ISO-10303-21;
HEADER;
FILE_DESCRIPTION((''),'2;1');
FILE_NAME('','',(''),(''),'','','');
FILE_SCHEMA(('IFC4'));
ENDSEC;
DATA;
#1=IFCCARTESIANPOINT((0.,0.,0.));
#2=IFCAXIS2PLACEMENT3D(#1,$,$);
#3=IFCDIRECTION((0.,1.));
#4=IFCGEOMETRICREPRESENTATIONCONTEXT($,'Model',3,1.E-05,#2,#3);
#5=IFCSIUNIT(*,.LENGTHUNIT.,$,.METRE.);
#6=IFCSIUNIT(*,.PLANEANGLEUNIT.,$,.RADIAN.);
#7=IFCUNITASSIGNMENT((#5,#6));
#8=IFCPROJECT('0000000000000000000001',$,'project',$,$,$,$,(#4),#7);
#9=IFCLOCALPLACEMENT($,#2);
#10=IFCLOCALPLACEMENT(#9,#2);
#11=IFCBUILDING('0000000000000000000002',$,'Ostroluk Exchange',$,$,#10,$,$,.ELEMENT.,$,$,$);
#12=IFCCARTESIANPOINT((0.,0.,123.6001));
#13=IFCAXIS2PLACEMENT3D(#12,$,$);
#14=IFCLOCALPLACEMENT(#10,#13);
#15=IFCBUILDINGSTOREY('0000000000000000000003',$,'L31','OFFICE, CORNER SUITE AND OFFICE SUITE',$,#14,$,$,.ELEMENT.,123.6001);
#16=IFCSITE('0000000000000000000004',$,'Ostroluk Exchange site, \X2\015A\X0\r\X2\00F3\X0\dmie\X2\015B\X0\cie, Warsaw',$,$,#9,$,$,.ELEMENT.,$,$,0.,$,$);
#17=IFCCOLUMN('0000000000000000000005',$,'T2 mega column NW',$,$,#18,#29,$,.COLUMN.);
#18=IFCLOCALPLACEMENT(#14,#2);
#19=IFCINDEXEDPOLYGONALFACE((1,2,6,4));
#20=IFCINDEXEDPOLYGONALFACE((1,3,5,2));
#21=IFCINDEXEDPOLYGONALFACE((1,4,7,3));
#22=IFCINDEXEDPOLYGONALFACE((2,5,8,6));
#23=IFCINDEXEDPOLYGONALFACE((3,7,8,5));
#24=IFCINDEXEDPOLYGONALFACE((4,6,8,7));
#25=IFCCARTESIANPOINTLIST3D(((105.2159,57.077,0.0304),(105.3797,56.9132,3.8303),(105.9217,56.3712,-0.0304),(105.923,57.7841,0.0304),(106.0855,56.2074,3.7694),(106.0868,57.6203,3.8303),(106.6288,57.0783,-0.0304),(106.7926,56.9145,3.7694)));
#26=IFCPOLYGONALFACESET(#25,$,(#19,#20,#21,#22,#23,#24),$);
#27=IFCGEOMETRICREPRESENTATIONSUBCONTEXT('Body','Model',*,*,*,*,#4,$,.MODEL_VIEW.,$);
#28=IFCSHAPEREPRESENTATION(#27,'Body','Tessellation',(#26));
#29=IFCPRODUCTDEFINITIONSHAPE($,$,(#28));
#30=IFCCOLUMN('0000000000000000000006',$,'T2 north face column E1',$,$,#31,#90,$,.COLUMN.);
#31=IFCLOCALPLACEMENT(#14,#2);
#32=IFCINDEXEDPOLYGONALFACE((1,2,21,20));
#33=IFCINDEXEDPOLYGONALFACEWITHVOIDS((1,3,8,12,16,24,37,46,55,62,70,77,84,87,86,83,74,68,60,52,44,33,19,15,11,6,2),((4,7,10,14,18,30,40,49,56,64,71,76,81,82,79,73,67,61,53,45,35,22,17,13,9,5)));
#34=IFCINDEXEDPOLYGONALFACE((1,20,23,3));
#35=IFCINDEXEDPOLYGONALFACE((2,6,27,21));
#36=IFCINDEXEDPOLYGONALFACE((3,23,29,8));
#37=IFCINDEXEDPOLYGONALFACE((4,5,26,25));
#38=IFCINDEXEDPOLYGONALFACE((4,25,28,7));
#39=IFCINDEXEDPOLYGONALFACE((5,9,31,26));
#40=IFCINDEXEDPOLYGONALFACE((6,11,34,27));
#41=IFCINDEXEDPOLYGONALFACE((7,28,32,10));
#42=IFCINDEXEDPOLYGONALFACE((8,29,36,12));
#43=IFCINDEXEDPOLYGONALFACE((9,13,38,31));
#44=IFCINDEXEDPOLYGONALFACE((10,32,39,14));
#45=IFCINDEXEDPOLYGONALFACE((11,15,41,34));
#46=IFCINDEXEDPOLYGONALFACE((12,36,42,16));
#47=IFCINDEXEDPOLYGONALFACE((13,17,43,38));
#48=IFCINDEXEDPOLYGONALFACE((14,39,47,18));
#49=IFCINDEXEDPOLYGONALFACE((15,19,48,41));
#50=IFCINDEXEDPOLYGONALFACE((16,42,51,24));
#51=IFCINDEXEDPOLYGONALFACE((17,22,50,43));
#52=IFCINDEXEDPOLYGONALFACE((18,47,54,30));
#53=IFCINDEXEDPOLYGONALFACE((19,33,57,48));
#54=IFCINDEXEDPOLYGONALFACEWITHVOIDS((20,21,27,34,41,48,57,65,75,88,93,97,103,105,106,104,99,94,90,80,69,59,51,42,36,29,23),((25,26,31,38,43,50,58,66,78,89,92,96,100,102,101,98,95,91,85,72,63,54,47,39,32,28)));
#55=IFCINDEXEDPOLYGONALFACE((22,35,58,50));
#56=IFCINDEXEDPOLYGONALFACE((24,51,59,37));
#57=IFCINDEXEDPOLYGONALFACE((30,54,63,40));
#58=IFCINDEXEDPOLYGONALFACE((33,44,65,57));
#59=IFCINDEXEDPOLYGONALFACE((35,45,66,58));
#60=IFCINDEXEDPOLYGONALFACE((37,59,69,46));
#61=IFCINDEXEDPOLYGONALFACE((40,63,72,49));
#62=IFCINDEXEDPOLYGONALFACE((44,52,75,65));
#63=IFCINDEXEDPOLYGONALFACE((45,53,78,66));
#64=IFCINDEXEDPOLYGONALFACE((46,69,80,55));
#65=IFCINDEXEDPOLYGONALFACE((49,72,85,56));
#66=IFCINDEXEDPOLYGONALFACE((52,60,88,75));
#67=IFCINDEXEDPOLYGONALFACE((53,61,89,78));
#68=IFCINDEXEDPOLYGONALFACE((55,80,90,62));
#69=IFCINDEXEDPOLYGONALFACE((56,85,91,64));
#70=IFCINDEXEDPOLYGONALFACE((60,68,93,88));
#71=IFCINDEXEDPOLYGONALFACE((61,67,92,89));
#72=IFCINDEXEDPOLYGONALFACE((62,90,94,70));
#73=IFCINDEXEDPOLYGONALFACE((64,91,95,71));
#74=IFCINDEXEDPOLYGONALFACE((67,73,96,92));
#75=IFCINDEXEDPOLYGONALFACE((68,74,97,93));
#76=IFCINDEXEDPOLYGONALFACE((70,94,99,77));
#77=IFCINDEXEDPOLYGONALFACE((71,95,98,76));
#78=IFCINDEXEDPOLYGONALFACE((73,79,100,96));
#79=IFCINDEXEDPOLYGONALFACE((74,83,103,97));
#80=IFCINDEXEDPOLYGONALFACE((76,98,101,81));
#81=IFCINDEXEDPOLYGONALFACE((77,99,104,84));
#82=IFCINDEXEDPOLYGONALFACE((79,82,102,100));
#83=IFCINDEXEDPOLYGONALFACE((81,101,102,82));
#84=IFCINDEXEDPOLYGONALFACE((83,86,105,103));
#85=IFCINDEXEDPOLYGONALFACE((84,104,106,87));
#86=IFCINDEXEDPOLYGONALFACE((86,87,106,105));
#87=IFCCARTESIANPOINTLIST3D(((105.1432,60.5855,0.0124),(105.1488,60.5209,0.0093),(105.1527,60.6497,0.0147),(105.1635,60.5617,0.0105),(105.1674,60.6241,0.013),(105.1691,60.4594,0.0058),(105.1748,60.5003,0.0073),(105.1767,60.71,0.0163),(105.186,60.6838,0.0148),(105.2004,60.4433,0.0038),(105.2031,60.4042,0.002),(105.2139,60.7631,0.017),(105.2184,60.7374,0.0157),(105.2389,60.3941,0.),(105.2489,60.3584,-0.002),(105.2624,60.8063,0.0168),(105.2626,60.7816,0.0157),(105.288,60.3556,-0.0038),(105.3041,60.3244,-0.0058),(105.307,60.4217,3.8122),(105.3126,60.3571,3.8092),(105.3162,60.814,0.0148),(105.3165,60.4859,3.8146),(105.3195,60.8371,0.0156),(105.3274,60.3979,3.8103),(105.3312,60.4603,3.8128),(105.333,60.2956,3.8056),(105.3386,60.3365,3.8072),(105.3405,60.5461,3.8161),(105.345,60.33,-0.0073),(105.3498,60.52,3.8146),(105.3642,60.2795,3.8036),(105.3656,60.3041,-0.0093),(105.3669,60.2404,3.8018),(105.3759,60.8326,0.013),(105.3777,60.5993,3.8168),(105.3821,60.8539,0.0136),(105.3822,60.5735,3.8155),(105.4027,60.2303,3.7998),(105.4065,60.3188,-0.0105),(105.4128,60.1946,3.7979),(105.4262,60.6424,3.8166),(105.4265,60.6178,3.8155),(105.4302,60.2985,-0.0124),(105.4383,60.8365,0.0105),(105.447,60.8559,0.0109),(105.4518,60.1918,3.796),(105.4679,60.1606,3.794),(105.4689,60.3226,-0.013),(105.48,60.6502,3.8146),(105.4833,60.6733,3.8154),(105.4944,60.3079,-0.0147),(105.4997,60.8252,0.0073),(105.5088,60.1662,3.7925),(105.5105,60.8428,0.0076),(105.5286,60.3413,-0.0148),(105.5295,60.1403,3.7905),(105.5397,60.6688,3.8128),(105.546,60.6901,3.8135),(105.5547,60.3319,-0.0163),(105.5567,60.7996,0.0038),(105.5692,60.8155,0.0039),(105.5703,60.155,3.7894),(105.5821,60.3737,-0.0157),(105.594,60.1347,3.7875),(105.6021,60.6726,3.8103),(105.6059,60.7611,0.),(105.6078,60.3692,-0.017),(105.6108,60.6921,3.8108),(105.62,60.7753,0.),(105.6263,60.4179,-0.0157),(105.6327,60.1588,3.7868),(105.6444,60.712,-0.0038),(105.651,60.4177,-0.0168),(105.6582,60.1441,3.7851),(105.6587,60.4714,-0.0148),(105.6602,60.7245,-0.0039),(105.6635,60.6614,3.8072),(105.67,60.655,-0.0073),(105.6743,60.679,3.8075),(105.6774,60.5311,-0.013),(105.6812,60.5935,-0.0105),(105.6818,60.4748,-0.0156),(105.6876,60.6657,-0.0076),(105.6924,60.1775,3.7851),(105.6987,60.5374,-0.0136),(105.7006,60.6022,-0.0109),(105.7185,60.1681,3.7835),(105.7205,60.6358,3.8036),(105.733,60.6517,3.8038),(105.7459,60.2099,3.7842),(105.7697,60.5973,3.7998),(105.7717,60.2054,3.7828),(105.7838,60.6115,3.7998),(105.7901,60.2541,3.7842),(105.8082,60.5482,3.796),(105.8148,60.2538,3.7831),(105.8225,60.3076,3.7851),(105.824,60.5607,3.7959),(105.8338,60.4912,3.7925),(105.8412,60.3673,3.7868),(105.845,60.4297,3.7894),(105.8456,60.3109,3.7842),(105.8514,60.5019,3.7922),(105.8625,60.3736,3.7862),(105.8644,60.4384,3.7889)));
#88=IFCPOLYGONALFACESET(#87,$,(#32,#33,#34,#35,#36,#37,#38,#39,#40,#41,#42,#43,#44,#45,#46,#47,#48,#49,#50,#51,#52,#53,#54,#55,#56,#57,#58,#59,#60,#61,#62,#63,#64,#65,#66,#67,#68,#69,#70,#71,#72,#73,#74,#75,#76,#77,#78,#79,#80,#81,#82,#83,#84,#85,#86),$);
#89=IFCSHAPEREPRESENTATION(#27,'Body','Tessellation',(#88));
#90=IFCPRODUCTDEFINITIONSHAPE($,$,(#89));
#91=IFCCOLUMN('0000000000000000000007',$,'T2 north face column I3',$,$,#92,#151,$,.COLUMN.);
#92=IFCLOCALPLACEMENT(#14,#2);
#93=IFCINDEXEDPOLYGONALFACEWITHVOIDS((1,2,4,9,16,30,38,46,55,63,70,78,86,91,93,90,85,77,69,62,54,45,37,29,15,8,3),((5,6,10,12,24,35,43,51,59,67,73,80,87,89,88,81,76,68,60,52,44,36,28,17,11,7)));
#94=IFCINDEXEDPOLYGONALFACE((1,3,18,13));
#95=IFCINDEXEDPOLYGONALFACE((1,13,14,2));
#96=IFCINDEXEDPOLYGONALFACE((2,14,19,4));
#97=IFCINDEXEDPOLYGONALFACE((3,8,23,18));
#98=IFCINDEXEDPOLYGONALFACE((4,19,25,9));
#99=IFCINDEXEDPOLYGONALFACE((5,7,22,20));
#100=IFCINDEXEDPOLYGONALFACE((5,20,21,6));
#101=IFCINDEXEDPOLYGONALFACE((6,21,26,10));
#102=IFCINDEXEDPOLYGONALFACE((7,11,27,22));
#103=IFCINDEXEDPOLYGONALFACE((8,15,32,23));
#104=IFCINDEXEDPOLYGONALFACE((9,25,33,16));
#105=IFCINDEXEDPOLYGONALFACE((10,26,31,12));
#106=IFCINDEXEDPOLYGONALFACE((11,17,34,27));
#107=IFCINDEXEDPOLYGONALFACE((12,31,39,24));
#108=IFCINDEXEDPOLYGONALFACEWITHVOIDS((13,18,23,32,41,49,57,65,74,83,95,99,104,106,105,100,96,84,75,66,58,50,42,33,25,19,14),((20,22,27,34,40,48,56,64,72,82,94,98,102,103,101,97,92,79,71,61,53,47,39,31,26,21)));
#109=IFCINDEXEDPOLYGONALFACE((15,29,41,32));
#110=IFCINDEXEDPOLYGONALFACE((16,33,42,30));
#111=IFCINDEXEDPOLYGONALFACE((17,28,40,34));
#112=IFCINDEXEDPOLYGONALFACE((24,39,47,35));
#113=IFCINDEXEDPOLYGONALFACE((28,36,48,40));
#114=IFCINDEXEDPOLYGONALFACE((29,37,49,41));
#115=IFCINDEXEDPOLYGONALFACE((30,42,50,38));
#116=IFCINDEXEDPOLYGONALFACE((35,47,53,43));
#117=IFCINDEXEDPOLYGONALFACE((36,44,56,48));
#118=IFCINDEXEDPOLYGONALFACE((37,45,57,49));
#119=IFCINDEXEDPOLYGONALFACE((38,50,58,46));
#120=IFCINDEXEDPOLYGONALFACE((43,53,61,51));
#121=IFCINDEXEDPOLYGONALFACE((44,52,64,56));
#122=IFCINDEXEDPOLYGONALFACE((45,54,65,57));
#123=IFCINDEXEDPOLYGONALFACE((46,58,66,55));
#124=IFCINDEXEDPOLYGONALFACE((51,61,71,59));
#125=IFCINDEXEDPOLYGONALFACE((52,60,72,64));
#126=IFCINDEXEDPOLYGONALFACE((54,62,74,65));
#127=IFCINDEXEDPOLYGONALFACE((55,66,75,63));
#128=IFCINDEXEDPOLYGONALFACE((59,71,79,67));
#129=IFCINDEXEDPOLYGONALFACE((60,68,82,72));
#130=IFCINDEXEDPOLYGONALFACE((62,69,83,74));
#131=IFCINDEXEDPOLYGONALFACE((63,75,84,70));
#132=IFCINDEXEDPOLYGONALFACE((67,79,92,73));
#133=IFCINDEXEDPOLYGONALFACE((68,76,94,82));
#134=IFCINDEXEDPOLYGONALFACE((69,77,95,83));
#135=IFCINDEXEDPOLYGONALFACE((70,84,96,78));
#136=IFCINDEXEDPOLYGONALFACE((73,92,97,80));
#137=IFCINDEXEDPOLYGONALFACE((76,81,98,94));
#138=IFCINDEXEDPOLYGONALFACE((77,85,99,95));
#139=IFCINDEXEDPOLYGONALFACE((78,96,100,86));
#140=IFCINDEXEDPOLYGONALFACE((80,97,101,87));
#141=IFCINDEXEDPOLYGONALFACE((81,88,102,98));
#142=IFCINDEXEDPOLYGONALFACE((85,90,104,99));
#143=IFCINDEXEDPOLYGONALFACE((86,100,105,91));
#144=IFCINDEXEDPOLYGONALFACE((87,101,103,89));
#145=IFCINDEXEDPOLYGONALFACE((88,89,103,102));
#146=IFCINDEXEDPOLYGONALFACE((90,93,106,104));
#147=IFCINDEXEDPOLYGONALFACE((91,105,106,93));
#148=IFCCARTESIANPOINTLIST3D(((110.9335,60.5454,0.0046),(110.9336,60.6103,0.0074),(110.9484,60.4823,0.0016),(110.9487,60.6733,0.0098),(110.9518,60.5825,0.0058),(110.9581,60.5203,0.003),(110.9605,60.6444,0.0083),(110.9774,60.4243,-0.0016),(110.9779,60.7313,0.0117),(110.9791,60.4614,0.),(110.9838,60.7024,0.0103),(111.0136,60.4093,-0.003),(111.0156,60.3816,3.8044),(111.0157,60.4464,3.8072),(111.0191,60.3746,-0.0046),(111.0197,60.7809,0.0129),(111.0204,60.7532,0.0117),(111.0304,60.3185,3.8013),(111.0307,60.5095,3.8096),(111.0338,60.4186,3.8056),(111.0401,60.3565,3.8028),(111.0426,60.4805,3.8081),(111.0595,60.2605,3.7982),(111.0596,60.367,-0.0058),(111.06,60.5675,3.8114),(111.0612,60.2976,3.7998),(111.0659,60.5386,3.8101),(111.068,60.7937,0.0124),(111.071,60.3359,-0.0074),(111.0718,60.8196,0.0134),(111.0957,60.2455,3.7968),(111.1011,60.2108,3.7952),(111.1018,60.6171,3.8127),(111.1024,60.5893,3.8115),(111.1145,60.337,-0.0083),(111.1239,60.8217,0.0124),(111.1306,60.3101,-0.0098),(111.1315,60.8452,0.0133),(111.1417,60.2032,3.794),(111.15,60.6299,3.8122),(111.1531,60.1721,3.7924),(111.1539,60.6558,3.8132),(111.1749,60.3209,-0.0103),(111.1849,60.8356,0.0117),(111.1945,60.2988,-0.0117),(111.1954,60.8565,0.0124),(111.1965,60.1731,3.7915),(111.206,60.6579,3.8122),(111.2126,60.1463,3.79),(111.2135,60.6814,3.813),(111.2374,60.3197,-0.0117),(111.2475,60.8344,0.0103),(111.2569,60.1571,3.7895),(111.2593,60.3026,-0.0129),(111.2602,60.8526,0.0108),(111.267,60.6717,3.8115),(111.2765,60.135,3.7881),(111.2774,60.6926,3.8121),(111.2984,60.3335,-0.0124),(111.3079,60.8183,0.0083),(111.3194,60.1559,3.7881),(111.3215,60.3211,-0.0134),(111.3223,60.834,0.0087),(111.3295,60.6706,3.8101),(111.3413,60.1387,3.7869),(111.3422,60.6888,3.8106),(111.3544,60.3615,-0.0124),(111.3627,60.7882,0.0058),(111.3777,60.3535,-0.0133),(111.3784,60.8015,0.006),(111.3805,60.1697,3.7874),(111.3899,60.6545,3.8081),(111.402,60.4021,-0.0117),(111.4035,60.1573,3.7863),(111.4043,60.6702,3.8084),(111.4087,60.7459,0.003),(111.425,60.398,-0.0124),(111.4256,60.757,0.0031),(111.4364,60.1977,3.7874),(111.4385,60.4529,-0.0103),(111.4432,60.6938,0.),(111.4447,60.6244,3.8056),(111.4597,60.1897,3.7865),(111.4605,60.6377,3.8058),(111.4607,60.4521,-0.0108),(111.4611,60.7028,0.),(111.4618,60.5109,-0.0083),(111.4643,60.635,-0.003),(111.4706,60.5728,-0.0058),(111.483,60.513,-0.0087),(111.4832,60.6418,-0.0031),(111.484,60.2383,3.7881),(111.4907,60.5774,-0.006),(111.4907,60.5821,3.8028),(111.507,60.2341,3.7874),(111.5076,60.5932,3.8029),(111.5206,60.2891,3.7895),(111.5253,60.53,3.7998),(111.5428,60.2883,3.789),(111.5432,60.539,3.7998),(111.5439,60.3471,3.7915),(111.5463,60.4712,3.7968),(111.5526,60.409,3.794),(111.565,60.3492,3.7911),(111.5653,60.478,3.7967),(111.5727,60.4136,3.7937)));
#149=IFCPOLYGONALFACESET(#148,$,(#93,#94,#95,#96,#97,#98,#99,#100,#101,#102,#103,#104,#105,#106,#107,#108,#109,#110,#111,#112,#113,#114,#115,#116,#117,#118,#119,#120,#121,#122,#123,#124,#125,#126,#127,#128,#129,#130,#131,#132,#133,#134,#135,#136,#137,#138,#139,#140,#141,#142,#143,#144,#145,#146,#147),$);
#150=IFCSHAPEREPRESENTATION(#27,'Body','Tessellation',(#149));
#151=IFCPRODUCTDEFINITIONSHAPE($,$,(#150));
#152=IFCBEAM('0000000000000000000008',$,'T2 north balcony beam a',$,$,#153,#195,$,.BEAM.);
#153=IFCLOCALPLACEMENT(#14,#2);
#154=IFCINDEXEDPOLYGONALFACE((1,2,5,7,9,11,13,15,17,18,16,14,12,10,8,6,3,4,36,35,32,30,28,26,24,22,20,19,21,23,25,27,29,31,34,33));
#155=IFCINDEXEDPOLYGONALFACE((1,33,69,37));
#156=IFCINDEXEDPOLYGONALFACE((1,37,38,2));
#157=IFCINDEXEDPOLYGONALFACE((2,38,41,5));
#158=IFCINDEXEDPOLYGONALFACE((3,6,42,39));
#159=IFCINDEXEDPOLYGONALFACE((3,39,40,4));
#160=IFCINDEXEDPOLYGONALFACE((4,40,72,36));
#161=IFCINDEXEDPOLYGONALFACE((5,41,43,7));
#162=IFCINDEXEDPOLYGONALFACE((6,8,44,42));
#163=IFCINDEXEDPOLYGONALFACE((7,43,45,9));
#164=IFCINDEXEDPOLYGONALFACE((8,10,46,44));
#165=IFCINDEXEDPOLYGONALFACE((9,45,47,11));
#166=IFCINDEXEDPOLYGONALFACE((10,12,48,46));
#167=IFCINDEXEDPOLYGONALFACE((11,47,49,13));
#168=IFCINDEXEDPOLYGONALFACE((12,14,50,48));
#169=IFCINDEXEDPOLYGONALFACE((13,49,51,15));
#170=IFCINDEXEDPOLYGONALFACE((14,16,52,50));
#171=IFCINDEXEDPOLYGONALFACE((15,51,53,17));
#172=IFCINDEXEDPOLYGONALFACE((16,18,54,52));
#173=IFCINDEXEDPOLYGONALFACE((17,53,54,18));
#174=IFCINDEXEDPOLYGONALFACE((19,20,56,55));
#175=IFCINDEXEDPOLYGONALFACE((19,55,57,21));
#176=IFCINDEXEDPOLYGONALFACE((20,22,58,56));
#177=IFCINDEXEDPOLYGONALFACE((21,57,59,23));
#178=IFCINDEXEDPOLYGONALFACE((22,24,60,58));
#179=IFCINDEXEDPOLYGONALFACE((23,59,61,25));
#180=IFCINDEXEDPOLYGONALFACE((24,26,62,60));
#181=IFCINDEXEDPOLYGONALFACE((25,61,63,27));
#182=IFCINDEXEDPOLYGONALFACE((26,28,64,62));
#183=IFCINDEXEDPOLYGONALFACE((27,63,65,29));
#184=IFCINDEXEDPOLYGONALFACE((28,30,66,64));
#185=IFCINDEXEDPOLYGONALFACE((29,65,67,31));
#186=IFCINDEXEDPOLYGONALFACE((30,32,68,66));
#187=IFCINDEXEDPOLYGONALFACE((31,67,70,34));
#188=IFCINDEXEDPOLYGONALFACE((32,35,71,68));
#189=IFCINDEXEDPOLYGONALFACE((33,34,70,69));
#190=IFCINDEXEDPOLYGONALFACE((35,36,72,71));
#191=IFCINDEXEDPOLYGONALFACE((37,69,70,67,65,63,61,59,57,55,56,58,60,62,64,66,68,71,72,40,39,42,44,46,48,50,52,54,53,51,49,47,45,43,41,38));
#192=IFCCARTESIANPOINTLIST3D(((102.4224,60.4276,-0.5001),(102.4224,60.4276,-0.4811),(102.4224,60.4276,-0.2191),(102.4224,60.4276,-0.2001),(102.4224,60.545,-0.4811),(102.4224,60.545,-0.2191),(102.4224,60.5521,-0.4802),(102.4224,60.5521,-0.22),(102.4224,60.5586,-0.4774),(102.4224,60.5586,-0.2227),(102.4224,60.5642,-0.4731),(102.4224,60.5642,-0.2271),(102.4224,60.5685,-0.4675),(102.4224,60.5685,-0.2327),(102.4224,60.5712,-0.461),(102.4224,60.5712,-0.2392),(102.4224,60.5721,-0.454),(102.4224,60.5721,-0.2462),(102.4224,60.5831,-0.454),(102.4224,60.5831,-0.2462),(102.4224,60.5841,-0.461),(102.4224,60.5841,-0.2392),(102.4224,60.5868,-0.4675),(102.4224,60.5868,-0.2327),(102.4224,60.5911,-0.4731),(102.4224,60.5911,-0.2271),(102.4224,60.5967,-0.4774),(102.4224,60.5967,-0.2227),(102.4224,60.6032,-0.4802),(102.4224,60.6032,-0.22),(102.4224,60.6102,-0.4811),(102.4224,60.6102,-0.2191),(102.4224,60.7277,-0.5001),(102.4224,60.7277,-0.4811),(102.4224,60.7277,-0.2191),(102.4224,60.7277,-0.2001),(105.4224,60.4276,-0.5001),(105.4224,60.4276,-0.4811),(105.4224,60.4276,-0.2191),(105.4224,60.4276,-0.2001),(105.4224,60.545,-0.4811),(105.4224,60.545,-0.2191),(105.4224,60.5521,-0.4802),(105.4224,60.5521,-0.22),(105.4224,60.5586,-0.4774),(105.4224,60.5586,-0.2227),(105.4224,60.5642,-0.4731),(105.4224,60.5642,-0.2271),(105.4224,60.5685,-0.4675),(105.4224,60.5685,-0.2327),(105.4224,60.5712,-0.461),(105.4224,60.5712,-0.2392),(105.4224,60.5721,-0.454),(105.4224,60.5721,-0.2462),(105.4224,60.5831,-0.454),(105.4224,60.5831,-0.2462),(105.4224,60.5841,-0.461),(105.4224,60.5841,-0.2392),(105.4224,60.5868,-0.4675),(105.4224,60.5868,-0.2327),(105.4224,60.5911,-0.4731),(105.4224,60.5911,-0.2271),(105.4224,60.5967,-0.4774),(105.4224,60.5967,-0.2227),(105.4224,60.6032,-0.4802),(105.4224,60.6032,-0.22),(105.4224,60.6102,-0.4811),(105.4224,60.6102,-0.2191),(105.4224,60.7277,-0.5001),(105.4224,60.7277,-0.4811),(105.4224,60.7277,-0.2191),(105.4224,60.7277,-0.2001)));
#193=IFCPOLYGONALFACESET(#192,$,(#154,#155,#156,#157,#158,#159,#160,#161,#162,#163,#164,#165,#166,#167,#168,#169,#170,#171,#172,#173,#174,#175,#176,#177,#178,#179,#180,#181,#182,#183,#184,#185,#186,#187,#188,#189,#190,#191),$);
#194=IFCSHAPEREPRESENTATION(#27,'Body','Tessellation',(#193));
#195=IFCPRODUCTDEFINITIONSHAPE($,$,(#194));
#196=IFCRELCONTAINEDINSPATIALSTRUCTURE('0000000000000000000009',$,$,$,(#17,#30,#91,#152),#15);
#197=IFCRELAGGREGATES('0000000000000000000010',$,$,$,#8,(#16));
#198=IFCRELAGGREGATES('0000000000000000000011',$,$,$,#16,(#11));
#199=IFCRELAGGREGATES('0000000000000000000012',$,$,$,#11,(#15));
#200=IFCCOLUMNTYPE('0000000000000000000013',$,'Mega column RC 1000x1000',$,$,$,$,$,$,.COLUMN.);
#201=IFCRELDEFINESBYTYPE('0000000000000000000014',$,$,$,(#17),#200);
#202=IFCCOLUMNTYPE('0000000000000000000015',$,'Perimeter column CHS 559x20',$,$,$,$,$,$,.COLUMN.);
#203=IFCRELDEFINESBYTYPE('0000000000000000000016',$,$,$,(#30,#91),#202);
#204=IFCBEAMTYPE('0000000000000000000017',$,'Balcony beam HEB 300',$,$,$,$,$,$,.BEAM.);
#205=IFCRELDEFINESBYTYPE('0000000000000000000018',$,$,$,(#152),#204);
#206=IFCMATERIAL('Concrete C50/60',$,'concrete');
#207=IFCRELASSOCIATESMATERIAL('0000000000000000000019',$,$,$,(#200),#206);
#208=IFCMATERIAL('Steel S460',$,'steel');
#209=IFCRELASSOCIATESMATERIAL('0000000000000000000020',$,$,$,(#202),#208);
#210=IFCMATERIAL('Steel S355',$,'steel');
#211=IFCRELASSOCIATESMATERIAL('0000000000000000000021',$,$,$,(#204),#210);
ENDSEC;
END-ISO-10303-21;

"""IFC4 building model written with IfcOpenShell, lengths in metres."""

from ifc_helpers import new_model, si_unit, direction, frame, origin, origin_2d, place, context, subcontext, project, spatial, rectangle, hollow_circle, i_section, extrude, material, material_profile, profile_set, type_object, element, save


model = new_model("IFC4")

# Units and contexts
model_context = context("Model", 3, precision=1e-05, world=origin(), true_north=direction((0.0, 1.0)))
body_context = subcontext(model_context, "Body", "Model", "MODEL_VIEW")
ifc_project = project(units=[si_unit("LENGTHUNIT", "METRE"), si_unit("PLANEANGLEUNIT", "RADIAN")], contexts=[model_context])

# Site, building, storey
site_placement = place(None, origin())
site = spatial("IfcSite", under=ifc_project, at=site_placement, Name="Ostroluk Exchange site, Śródmieście, Warsaw", CompositionType="ELEMENT", RefElevation=0.0)
building_placement = place(site_placement, origin())
building = spatial("IfcBuilding", under=site, at=building_placement, Name="Ostroluk Exchange", CompositionType="ELEMENT")
storey_placement = place(building_placement, frame((0.0, 0.0, 123.6001)))
storey = spatial("IfcBuildingStorey", under=building, at=storey_placement, Name="L31", Description="OFFICE, CORNER SUITE AND OFFICE SUITE", CompositionType="ELEMENT", Elevation=123.6001)

# Columns
ifc_material_1 = material(Name="Concrete C50/60", Category="concrete")
ifc_material_profile_1 = material_profile(ifc_material_1, rectangle(XDim=1.0, YDim=1.0, at=origin_2d()), Name="RC 1000x1000")
ifc_profile_set_1 = profile_set([ifc_material_profile_1], Name="Concrete C50/60")
column_type_1 = type_object("IfcColumnType", Name="Mega column RC 1000x1000", PredefinedType="COLUMN", material=ifc_profile_set_1)
column_1_placement = place(storey_placement, frame((105.9224, 57.0776, 0.0), z_axis=(0.043032, -0.043032, 0.998146), x_axis=(0.707107, 0.707107, 0.0)))
element("IfcColumn", 1, at=column_1_placement, inside=storey, type_object=column_type_1, Name="T2 mega column NW", PredefinedType="COLUMN", context=body_context, shape_type="SweptSolid", body=[
    extrude(rectangle(XDim=1.0, YDim=1.0, at=origin_2d()), origin(), (0.0, 0.0, 1.0), 3.8069),
])
ifc_material_2 = material(Name="Steel S460", Category="steel")
ifc_material_profile_2 = material_profile(ifc_material_2, hollow_circle(Radius=0.2795, WallThickness=0.02, at=origin_2d()), Name="CHS 559x20")
ifc_profile_set_2 = profile_set([ifc_material_profile_2], Name="Steel S460")
column_type_2 = type_object("IfcColumnType", Name="Perimeter column CHS 559x20", PredefinedType="COLUMN", material=ifc_profile_set_2)
column_2_placement = place(storey_placement, frame((105.4224, 60.5776, 0.0), z_axis=(0.043032, -0.043032, 0.998146), x_axis=(0.707107, 0.707107, 0.0)))
element("IfcColumn", 2, at=column_2_placement, inside=storey, type_object=column_type_2, Name="T2 north face column E1", PredefinedType="COLUMN", context=body_context, shape_type="SweptSolid", body=[
    extrude(hollow_circle(Radius=0.2795, WallThickness=0.02, at=origin_2d()), origin(), (0.0, 0.0, 1.0), 3.8069),
])
column_3_placement = place(storey_placement, frame((111.2112, 60.5776, 0.0), z_axis=(0.021563, -0.043062, 0.99884), x_axis=(0.894161, 0.447747, 0.0)))
element("IfcColumn", 3, at=column_3_placement, inside=storey, type_object=column_type_2, Name="T2 north face column I3", PredefinedType="COLUMN", context=body_context, shape_type="SweptSolid", body=[
    extrude(hollow_circle(Radius=0.2795, WallThickness=0.02, at=origin_2d()), origin(), (0.0, 0.0, 1.0), 3.8042),
])

# Beam
ifc_material_3 = material(Name="Steel S355", Category="steel")
ifc_material_profile_3 = material_profile(ifc_material_3, i_section(OverallWidth=0.3, OverallDepth=0.3, WebThickness=0.011, FlangeThickness=0.019, FilletRadius=0.0271, at=origin_2d()), Name="HEB 300")
ifc_profile_set_3 = profile_set([ifc_material_profile_3], Name="Steel S355")
beam_type_1 = type_object("IfcBeamType", Name="Balcony beam HEB 300", PredefinedType="BEAM", material=ifc_profile_set_3)
beam_1_placement = place(storey_placement, frame((105.4224, 60.5776, -0.3501), z_axis=(-1.0, 0.0, 0.0), x_axis=(0.0, -1.0, 0.0)))
element("IfcBeam", 4, at=beam_1_placement, inside=storey, type_object=beam_type_1, Name="T2 north balcony beam a", PredefinedType="BEAM", context=body_context, shape_type="SweptSolid", body=[
    extrude(i_section(OverallWidth=0.3, OverallDepth=0.3, WebThickness=0.011, FlangeThickness=0.019, FilletRadius=0.0271, at=origin_2d()), origin(), (0.0, 0.0, 1.0), 3.0),
])

save(model, "model.ifc")
